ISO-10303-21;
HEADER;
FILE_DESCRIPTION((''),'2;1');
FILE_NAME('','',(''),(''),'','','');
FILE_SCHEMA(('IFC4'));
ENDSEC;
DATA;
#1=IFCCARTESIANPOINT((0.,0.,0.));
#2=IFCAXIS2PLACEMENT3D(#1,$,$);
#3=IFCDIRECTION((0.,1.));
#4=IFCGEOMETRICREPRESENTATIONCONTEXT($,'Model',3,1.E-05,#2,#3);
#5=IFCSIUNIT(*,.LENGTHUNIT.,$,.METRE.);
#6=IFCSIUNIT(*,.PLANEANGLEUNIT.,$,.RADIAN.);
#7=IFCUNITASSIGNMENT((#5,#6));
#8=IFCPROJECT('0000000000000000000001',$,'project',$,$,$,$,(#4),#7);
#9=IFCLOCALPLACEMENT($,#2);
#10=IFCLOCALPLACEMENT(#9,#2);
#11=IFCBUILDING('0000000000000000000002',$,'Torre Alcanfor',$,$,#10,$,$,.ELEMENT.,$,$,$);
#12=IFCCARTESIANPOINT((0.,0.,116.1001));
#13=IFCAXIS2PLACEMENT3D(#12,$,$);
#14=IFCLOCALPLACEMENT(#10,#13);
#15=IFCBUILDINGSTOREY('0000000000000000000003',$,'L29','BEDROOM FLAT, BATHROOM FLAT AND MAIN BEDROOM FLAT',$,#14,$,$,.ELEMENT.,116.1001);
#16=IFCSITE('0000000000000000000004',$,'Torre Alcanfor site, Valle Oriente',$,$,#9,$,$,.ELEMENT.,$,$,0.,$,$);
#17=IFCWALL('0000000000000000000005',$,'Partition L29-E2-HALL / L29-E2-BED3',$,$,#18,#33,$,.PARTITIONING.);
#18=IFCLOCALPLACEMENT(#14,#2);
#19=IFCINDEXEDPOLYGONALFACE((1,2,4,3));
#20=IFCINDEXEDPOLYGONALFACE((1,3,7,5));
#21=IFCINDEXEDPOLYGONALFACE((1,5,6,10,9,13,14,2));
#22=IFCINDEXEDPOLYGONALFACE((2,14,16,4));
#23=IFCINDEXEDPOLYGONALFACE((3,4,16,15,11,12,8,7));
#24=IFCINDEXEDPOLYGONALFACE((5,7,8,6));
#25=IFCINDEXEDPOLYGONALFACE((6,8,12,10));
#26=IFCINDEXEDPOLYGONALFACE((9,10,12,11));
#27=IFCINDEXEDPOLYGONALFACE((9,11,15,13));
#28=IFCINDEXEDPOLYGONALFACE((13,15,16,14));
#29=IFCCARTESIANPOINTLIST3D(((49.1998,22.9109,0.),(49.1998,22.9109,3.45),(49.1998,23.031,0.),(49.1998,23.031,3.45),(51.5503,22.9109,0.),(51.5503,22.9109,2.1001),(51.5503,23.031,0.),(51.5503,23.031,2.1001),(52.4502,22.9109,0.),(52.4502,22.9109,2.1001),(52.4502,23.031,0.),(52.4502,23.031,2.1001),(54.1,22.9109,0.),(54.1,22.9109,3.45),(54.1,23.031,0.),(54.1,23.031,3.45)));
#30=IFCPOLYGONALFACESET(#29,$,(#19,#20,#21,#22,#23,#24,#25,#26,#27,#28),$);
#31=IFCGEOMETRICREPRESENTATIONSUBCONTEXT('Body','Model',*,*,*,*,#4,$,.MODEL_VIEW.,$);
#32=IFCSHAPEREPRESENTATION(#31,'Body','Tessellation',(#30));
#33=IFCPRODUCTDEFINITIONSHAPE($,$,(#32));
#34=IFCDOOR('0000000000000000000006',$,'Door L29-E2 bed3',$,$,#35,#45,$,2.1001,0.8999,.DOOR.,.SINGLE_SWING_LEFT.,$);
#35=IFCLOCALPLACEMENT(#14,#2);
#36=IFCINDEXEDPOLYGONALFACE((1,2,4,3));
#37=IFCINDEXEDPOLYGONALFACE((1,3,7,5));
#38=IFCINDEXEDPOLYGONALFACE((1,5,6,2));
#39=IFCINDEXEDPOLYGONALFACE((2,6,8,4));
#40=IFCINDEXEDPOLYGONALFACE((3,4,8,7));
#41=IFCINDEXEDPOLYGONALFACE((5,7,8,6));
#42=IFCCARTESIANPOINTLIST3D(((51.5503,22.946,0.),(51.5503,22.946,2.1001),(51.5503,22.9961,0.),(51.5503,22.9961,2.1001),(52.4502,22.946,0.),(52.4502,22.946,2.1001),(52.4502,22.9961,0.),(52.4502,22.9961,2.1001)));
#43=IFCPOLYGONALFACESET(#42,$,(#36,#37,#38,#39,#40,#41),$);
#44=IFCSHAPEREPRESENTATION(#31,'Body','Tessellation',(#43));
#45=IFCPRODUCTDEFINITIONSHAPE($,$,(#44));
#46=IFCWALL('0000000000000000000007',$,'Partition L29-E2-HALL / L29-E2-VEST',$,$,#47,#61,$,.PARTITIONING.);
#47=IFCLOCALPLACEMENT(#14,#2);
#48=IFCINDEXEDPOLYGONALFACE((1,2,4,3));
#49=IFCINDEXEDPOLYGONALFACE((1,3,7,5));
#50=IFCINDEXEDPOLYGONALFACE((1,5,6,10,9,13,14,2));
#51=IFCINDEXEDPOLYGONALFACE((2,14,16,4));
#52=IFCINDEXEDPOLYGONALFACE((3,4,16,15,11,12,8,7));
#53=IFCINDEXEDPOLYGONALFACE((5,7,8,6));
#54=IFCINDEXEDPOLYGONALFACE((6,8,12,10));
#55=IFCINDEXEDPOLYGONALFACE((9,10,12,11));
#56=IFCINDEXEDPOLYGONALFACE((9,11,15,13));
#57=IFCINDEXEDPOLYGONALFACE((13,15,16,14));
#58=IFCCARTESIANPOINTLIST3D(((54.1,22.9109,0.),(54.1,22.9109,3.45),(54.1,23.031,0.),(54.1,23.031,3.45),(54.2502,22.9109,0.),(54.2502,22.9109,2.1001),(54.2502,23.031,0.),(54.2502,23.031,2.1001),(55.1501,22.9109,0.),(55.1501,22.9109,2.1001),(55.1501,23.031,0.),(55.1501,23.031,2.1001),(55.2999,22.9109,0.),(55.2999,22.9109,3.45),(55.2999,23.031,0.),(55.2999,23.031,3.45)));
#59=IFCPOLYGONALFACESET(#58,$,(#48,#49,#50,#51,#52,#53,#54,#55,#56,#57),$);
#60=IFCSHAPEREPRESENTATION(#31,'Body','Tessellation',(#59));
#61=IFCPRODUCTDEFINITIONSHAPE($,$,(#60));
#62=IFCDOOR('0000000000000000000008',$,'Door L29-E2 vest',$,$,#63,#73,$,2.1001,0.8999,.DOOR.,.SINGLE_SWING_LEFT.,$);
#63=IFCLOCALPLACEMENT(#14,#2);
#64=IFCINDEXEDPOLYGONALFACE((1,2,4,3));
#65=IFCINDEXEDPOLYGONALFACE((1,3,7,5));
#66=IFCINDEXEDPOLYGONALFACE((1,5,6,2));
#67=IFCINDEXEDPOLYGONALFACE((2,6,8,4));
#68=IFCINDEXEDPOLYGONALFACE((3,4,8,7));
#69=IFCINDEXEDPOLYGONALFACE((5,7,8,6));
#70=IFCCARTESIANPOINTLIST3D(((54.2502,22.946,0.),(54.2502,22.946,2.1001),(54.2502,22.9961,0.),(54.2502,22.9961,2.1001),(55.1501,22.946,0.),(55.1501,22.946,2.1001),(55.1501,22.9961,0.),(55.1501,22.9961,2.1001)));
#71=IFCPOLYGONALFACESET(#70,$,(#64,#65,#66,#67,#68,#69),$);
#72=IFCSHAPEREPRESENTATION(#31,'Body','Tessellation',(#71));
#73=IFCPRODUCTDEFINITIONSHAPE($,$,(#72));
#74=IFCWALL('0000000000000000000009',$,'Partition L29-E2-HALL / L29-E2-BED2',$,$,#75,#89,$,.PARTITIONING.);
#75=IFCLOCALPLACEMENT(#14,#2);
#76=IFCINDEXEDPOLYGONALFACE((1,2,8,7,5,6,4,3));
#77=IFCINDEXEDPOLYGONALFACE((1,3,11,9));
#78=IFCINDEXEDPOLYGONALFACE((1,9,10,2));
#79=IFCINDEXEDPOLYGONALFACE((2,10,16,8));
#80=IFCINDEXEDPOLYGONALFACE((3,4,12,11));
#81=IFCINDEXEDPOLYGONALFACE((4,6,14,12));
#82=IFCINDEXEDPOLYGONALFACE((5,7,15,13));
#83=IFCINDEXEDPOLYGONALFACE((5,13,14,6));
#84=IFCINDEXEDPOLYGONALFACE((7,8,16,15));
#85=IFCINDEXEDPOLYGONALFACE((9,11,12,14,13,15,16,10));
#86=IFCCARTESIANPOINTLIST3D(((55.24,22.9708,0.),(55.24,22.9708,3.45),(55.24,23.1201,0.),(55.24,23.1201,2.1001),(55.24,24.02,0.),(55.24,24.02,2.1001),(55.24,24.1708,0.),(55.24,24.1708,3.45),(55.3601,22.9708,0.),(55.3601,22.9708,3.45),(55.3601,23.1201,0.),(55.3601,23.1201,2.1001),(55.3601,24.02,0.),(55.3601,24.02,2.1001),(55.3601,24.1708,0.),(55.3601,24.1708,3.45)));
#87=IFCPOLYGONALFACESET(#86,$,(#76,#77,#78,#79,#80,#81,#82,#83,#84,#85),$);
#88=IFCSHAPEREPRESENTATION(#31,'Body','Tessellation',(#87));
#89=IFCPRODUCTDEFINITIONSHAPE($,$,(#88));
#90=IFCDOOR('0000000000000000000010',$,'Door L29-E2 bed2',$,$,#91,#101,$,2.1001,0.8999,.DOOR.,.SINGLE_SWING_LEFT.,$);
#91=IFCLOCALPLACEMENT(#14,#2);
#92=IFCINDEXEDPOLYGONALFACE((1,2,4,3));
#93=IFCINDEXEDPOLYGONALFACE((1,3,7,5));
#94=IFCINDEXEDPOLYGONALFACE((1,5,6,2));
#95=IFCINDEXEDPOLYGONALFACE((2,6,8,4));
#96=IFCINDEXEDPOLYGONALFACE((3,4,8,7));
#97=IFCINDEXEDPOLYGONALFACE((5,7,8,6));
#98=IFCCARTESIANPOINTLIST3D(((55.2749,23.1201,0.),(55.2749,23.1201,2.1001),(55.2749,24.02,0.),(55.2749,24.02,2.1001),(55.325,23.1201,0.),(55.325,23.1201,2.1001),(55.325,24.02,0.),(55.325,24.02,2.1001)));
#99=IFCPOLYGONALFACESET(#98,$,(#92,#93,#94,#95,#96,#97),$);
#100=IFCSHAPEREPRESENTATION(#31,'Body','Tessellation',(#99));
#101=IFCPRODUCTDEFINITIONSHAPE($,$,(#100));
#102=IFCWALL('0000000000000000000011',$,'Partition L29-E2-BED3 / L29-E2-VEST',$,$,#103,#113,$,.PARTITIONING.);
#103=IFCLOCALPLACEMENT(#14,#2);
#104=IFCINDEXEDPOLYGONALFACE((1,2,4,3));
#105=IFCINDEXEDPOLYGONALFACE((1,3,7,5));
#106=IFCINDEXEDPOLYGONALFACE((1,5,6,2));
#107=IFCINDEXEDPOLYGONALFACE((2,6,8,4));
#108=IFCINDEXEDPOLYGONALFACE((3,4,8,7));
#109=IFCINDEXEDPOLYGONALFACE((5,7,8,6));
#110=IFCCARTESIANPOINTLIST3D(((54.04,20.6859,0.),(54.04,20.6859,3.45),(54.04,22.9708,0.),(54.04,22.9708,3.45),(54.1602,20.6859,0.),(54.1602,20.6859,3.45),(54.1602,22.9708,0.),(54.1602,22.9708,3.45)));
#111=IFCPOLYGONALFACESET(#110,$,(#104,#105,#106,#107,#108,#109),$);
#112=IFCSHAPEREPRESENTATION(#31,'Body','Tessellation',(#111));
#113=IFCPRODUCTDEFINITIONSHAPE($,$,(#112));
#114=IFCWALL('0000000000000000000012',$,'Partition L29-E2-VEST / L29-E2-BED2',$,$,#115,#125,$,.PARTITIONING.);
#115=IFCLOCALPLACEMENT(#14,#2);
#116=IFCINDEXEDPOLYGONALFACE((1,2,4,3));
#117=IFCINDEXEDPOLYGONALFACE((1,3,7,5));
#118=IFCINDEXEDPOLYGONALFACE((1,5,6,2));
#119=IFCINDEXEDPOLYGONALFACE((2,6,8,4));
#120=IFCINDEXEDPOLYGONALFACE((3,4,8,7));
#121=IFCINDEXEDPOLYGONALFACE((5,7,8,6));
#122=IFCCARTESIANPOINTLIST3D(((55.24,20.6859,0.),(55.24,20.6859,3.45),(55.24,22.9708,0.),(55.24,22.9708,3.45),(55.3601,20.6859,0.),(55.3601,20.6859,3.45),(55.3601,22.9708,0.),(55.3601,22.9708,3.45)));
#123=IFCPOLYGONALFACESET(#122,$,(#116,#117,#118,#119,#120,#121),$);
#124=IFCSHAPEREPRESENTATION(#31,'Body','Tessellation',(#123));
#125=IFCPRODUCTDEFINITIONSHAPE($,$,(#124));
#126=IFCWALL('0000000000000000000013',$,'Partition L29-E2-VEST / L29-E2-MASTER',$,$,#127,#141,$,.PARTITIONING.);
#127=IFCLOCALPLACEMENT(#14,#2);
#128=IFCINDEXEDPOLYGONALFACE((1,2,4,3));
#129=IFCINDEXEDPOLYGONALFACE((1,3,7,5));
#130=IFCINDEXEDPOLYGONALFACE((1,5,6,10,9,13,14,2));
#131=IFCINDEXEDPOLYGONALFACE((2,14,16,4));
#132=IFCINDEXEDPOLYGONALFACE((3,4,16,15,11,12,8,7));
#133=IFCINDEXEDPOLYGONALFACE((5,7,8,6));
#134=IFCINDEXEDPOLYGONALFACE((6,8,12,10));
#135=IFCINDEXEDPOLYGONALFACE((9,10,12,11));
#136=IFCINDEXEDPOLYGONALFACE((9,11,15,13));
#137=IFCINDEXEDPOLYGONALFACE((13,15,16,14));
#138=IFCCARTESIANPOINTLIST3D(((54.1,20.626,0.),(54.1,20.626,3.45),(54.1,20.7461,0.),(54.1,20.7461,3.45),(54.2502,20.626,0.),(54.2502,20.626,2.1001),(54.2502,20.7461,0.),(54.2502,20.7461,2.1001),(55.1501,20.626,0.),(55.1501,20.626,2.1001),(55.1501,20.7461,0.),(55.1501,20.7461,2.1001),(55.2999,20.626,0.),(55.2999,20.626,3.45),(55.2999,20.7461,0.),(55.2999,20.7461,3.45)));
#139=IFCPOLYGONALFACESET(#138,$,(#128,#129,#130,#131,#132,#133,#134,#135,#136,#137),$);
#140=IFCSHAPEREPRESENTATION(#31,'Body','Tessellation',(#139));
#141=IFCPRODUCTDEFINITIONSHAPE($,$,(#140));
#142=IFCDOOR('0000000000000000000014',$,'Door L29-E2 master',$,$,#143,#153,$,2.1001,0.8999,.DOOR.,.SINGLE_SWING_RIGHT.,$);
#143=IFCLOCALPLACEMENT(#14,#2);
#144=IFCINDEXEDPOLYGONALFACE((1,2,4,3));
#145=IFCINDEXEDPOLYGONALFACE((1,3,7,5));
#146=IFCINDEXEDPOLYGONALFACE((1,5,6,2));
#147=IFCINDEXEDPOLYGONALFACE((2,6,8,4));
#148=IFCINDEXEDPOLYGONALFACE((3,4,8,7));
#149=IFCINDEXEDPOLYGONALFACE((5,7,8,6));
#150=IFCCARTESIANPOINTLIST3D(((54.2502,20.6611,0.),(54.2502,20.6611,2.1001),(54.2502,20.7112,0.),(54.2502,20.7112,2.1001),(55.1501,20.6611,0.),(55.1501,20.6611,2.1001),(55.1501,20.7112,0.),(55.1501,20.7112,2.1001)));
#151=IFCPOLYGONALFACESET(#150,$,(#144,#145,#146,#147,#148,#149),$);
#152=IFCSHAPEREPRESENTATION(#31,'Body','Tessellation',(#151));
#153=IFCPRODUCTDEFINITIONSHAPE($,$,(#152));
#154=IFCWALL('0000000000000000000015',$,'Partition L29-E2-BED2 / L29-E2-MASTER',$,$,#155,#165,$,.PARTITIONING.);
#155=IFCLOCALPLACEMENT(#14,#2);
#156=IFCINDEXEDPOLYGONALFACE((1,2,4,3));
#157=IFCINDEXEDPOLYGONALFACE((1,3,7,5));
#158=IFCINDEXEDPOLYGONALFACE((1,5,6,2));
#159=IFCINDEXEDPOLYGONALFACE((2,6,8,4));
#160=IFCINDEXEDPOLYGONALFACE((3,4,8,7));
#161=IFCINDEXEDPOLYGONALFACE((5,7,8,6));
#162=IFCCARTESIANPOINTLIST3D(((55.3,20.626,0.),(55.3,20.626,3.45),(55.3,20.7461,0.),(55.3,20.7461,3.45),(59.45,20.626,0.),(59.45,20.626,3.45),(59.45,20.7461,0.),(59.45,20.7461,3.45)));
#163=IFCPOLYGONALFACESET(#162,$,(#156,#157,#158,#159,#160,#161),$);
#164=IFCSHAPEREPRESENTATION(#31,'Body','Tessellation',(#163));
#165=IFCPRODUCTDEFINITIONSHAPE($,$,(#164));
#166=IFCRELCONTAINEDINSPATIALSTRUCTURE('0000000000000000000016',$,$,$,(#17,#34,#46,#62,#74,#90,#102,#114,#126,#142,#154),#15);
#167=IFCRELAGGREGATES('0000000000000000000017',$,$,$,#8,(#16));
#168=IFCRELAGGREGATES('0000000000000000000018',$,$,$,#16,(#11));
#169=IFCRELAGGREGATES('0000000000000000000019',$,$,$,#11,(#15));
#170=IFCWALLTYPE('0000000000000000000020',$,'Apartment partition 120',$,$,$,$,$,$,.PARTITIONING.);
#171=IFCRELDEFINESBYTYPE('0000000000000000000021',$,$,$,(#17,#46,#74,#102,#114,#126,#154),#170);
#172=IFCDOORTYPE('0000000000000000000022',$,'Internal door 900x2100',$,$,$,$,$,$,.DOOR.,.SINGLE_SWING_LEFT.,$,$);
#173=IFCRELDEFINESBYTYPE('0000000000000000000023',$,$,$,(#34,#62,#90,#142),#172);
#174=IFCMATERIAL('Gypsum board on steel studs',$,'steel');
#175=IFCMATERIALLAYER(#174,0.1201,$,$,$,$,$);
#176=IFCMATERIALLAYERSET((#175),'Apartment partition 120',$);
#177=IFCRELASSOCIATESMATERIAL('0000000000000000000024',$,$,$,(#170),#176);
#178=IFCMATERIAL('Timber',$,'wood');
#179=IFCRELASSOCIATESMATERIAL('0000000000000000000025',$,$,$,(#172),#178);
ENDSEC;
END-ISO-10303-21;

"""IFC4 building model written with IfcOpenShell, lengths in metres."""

from ifc_helpers import new_model, si_unit, direction, frame, frame_2d, origin, place, context, subcontext, project, spatial, rectangle, extrude, material, layer, layer_set, type_object, element, fill, save


model = new_model("IFC4")

# Units and contexts
model_context = context("Model", 3, precision=1e-05, world=origin(), true_north=direction((0.0, 1.0)))
body_context = subcontext(model_context, "Body", "Model", "MODEL_VIEW")
ifc_project = project(units=[si_unit("LENGTHUNIT", "METRE"), si_unit("PLANEANGLEUNIT", "RADIAN")], contexts=[model_context])

# Site, building, storey
site_placement = place(None, origin())
site = spatial("IfcSite", under=ifc_project, at=site_placement, Name="Torre Alcanfor site, Valle Oriente", CompositionType="ELEMENT", RefElevation=0.0)
building_placement = place(site_placement, origin())
building = spatial("IfcBuilding", under=site, at=building_placement, Name="Torre Alcanfor", CompositionType="ELEMENT")
storey_placement = place(building_placement, frame((0.0, 0.0, 116.1001)))
storey = spatial("IfcBuildingStorey", under=building, at=storey_placement, Name="L29", Description="BEDROOM FLAT, BATHROOM FLAT AND MAIN BEDROOM FLAT", CompositionType="ELEMENT", Elevation=116.1001)

# Shared definitions
ifc_material_1 = material(Name="Gypsum board on steel studs", Category="steel")
ifc_layer_1 = layer(ifc_material_1, 0.1201)
ifc_layer_set_1 = layer_set([ifc_layer_1], Name="Apartment partition 120")
wall_type_1 = type_object("IfcWallType", Name="Apartment partition 120", PredefinedType="PARTITIONING", material=ifc_layer_set_1)
ifc_material_2 = material(Name="Timber", Category="wood")
door_type = type_object("IfcDoorType", Name="Internal door 900x2100", OperationType="SINGLE_SWING_LEFT", PredefinedType="DOOR", material=ifc_material_2)

# Walls, openings, doors
wall_1_placement = place(storey_placement, frame((54.1001, 22.9709, 0.0), z_axis=(0.0, 0.0, 1.0), x_axis=(-1.0, 0.0, 0.0)))
wall_1 = element("IfcWall", 1, at=wall_1_placement, inside=storey, type_object=wall_type_1, Name="Partition L29-E2-HALL / L29-E2-BED3", PredefinedType="PARTITIONING", context=body_context, shape_type="SweptSolid", body=[
    extrude(rectangle(XDim=4.9001, YDim=0.1201, at=frame_2d((2.4502, 0.0))), origin(), (0.0, 0.0, 1.0), 3.45),
])
opening_1_placement = place(wall_1_placement, frame((1.6499, 0.0, 0.0)))
opening_1 = element("IfcOpeningElement", 2, at=opening_1_placement, cuts=wall_1, PredefinedType="OPENING", context=body_context, shape_type="SweptSolid", body=[
    extrude(rectangle(XDim=0.8999, YDim=2.1001, at=frame_2d((0.45, 1.05))), frame((0.0, 0.0701, 0.0), z_axis=(0.0, -1.0, 0.0), x_axis=(1.0, 0.0, 0.0)), (0.0, 0.0, 1.0), 0.1401),
])
door_1_placement = place(opening_1_placement, origin())
door_1 = element("IfcDoor", 3, at=door_1_placement, inside=storey, type_object=door_type, Name="Door L29-E2 bed3", OperationType="SINGLE_SWING_LEFT", OverallHeight=2.1001, OverallWidth=0.8999, PredefinedType="DOOR", context=body_context, shape_type="SweptSolid", body=[
    extrude(rectangle(XDim=0.8999, YDim=2.1001, at=frame_2d((0.45, 1.05))), frame((0.0, 0.0249, 0.0), z_axis=(0.0, -1.0, 0.0), x_axis=(1.0, 0.0, 0.0)), (0.0, 0.0, 1.0), 0.05),
])
fill(opening_1, door_1)
wall_2_placement = place(storey_placement, frame((55.3, 22.9709, 0.0), z_axis=(0.0, 0.0, 1.0), x_axis=(-1.0, 0.0, 0.0)))
wall_2 = element("IfcWall", 4, at=wall_2_placement, inside=storey, type_object=wall_type_1, Name="Partition L29-E2-HALL / L29-E2-VEST", PredefinedType="PARTITIONING", context=body_context, shape_type="SweptSolid", body=[
    extrude(rectangle(XDim=1.2, YDim=0.1201, at=frame_2d((0.6001, 0.0))), origin(), (0.0, 0.0, 1.0), 3.45),
])
opening_2_placement = place(wall_2_placement, frame((0.1499, 0.0, 0.0)))
opening_2 = element("IfcOpeningElement", 5, at=opening_2_placement, cuts=wall_2, PredefinedType="OPENING", context=body_context, shape_type="SweptSolid", body=[
    extrude(rectangle(XDim=0.8999, YDim=2.1001, at=frame_2d((0.45, 1.05))), frame((0.0, 0.0701, 0.0), z_axis=(0.0, -1.0, 0.0), x_axis=(1.0, 0.0, 0.0)), (0.0, 0.0, 1.0), 0.1401),
])
door_2_placement = place(opening_2_placement, origin())
door_2 = element("IfcDoor", 6, at=door_2_placement, inside=storey, type_object=door_type, Name="Door L29-E2 vest", OperationType="SINGLE_SWING_LEFT", OverallHeight=2.1001, OverallWidth=0.8999, PredefinedType="DOOR", context=body_context, shape_type="SweptSolid", body=[
    extrude(rectangle(XDim=0.8999, YDim=2.1001, at=frame_2d((0.45, 1.05))), frame((0.0, 0.0249, 0.0), z_axis=(0.0, -1.0, 0.0), x_axis=(1.0, 0.0, 0.0)), (0.0, 0.0, 1.0), 0.05),
])
fill(opening_2, door_2)
wall_3_placement = place(storey_placement, frame((55.3, 24.1709, 0.0), z_axis=(0.0, 0.0, 1.0), x_axis=(0.0, -1.0, 0.0)))
wall_3 = element("IfcWall", 7, at=wall_3_placement, inside=storey, type_object=wall_type_1, Name="Partition L29-E2-HALL / L29-E2-BED2", PredefinedType="PARTITIONING", context=body_context, shape_type="SweptSolid", body=[
    extrude(rectangle(XDim=1.2, YDim=0.1201, at=frame_2d((0.6001, 0.0))), origin(), (0.0, 0.0, 1.0), 3.45),
])
opening_3_placement = place(wall_3_placement, frame((0.1509, 0.0, 0.0)))
opening_3 = element("IfcOpeningElement", 8, at=opening_3_placement, cuts=wall_3, PredefinedType="OPENING", context=body_context, shape_type="SweptSolid", body=[
    extrude(rectangle(XDim=0.8999, YDim=2.1001, at=frame_2d((0.45, 1.05))), frame((0.0, 0.0701, 0.0), z_axis=(0.0, -1.0, 0.0), x_axis=(1.0, 0.0, 0.0)), (0.0, 0.0, 1.0), 0.1401),
])
door_3_placement = place(opening_3_placement, origin())
door_3 = element("IfcDoor", 9, at=door_3_placement, inside=storey, type_object=door_type, Name="Door L29-E2 bed2", OperationType="SINGLE_SWING_LEFT", OverallHeight=2.1001, OverallWidth=0.8999, PredefinedType="DOOR", context=body_context, shape_type="SweptSolid", body=[
    extrude(rectangle(XDim=0.8999, YDim=2.1001, at=frame_2d((0.45, 1.05))), frame((0.0, 0.0249, 0.0), z_axis=(0.0, -1.0, 0.0), x_axis=(1.0, 0.0, 0.0)), (0.0, 0.0, 1.0), 0.05),
])
fill(opening_3, door_3)

# Walls
for number, where, z_axis, x_axis, name in (
    (10, (54.1001, 22.9709, 0.0), (0.0, 0.0, 1.0), (0.0, -1.0, 0.0), "Partition L29-E2-BED3 / L29-E2-VEST"),
    (11, (55.3, 22.9709, 0.0), (0.0, 0.0, 1.0), (0.0, -1.0, 0.0), "Partition L29-E2-VEST / L29-E2-BED2"),
):
    element("IfcWall", number, at=place(storey_placement, frame(where, z_axis=z_axis, x_axis=x_axis)), inside=storey, type_object=wall_type_1, Name=name, PredefinedType="PARTITIONING", context=body_context, shape_type="SweptSolid", body=[
        extrude(rectangle(XDim=2.2849, YDim=0.1201, at=frame_2d((1.1426, 0.0))), origin(), (0.0, 0.0, 1.0), 3.45),
    ])

# Wall, opening, door
wall_4_placement = place(storey_placement, frame((55.3, 20.686, 0.0), z_axis=(0.0, 0.0, 1.0), x_axis=(-1.0, 0.0, 0.0)))
wall_4 = element("IfcWall", 12, at=wall_4_placement, inside=storey, type_object=wall_type_1, Name="Partition L29-E2-VEST / L29-E2-MASTER", PredefinedType="PARTITIONING", context=body_context, shape_type="SweptSolid", body=[
    extrude(rectangle(XDim=1.2, YDim=0.1201, at=frame_2d((0.6001, 0.0))), origin(), (0.0, 0.0, 1.0), 3.45),
])
opening_4_placement = place(wall_4_placement, frame((0.1499, 0.0, 0.0)))
opening_4 = element("IfcOpeningElement", 13, at=opening_4_placement, cuts=wall_4, PredefinedType="OPENING", context=body_context, shape_type="SweptSolid", body=[
    extrude(rectangle(XDim=0.8999, YDim=2.1001, at=frame_2d((0.45, 1.05))), frame((0.0, 0.0701, 0.0), z_axis=(0.0, -1.0, 0.0), x_axis=(1.0, 0.0, 0.0)), (0.0, 0.0, 1.0), 0.1401),
])
door_4_placement = place(opening_4_placement, frame((0.8999, 0.0, 0.0), z_axis=(0.0, 0.0, 1.0), x_axis=(-1.0, 0.0, 0.0)))
door_4 = element("IfcDoor", 14, at=door_4_placement, inside=storey, type_object=door_type, Name="Door L29-E2 master", OperationType="SINGLE_SWING_RIGHT", OverallHeight=2.1001, OverallWidth=0.8999, PredefinedType="DOOR", context=body_context, shape_type="SweptSolid", body=[
    extrude(rectangle(XDim=0.8999, YDim=2.1001, at=frame_2d((0.45, 1.05))), frame((0.0, 0.0251, 0.0), z_axis=(0.0, -1.0, 0.0), x_axis=(1.0, 0.0, 0.0)), (0.0, 0.0, 1.0), 0.05),
])
fill(opening_4, door_4)

# Wall
wall_5_placement = place(storey_placement, frame((59.45, 20.686, 0.0), z_axis=(0.0, 0.0, 1.0), x_axis=(-1.0, 0.0, 0.0)))
element("IfcWall", 15, at=wall_5_placement, inside=storey, type_object=wall_type_1, Name="Partition L29-E2-BED2 / L29-E2-MASTER", PredefinedType="PARTITIONING", context=body_context, shape_type="SweptSolid", body=[
    extrude(rectangle(XDim=4.1499, YDim=0.1201, at=frame_2d((2.075, 0.0))), origin(), (0.0, 0.0, 1.0), 3.45),
])

save(model, "model.ifc")
